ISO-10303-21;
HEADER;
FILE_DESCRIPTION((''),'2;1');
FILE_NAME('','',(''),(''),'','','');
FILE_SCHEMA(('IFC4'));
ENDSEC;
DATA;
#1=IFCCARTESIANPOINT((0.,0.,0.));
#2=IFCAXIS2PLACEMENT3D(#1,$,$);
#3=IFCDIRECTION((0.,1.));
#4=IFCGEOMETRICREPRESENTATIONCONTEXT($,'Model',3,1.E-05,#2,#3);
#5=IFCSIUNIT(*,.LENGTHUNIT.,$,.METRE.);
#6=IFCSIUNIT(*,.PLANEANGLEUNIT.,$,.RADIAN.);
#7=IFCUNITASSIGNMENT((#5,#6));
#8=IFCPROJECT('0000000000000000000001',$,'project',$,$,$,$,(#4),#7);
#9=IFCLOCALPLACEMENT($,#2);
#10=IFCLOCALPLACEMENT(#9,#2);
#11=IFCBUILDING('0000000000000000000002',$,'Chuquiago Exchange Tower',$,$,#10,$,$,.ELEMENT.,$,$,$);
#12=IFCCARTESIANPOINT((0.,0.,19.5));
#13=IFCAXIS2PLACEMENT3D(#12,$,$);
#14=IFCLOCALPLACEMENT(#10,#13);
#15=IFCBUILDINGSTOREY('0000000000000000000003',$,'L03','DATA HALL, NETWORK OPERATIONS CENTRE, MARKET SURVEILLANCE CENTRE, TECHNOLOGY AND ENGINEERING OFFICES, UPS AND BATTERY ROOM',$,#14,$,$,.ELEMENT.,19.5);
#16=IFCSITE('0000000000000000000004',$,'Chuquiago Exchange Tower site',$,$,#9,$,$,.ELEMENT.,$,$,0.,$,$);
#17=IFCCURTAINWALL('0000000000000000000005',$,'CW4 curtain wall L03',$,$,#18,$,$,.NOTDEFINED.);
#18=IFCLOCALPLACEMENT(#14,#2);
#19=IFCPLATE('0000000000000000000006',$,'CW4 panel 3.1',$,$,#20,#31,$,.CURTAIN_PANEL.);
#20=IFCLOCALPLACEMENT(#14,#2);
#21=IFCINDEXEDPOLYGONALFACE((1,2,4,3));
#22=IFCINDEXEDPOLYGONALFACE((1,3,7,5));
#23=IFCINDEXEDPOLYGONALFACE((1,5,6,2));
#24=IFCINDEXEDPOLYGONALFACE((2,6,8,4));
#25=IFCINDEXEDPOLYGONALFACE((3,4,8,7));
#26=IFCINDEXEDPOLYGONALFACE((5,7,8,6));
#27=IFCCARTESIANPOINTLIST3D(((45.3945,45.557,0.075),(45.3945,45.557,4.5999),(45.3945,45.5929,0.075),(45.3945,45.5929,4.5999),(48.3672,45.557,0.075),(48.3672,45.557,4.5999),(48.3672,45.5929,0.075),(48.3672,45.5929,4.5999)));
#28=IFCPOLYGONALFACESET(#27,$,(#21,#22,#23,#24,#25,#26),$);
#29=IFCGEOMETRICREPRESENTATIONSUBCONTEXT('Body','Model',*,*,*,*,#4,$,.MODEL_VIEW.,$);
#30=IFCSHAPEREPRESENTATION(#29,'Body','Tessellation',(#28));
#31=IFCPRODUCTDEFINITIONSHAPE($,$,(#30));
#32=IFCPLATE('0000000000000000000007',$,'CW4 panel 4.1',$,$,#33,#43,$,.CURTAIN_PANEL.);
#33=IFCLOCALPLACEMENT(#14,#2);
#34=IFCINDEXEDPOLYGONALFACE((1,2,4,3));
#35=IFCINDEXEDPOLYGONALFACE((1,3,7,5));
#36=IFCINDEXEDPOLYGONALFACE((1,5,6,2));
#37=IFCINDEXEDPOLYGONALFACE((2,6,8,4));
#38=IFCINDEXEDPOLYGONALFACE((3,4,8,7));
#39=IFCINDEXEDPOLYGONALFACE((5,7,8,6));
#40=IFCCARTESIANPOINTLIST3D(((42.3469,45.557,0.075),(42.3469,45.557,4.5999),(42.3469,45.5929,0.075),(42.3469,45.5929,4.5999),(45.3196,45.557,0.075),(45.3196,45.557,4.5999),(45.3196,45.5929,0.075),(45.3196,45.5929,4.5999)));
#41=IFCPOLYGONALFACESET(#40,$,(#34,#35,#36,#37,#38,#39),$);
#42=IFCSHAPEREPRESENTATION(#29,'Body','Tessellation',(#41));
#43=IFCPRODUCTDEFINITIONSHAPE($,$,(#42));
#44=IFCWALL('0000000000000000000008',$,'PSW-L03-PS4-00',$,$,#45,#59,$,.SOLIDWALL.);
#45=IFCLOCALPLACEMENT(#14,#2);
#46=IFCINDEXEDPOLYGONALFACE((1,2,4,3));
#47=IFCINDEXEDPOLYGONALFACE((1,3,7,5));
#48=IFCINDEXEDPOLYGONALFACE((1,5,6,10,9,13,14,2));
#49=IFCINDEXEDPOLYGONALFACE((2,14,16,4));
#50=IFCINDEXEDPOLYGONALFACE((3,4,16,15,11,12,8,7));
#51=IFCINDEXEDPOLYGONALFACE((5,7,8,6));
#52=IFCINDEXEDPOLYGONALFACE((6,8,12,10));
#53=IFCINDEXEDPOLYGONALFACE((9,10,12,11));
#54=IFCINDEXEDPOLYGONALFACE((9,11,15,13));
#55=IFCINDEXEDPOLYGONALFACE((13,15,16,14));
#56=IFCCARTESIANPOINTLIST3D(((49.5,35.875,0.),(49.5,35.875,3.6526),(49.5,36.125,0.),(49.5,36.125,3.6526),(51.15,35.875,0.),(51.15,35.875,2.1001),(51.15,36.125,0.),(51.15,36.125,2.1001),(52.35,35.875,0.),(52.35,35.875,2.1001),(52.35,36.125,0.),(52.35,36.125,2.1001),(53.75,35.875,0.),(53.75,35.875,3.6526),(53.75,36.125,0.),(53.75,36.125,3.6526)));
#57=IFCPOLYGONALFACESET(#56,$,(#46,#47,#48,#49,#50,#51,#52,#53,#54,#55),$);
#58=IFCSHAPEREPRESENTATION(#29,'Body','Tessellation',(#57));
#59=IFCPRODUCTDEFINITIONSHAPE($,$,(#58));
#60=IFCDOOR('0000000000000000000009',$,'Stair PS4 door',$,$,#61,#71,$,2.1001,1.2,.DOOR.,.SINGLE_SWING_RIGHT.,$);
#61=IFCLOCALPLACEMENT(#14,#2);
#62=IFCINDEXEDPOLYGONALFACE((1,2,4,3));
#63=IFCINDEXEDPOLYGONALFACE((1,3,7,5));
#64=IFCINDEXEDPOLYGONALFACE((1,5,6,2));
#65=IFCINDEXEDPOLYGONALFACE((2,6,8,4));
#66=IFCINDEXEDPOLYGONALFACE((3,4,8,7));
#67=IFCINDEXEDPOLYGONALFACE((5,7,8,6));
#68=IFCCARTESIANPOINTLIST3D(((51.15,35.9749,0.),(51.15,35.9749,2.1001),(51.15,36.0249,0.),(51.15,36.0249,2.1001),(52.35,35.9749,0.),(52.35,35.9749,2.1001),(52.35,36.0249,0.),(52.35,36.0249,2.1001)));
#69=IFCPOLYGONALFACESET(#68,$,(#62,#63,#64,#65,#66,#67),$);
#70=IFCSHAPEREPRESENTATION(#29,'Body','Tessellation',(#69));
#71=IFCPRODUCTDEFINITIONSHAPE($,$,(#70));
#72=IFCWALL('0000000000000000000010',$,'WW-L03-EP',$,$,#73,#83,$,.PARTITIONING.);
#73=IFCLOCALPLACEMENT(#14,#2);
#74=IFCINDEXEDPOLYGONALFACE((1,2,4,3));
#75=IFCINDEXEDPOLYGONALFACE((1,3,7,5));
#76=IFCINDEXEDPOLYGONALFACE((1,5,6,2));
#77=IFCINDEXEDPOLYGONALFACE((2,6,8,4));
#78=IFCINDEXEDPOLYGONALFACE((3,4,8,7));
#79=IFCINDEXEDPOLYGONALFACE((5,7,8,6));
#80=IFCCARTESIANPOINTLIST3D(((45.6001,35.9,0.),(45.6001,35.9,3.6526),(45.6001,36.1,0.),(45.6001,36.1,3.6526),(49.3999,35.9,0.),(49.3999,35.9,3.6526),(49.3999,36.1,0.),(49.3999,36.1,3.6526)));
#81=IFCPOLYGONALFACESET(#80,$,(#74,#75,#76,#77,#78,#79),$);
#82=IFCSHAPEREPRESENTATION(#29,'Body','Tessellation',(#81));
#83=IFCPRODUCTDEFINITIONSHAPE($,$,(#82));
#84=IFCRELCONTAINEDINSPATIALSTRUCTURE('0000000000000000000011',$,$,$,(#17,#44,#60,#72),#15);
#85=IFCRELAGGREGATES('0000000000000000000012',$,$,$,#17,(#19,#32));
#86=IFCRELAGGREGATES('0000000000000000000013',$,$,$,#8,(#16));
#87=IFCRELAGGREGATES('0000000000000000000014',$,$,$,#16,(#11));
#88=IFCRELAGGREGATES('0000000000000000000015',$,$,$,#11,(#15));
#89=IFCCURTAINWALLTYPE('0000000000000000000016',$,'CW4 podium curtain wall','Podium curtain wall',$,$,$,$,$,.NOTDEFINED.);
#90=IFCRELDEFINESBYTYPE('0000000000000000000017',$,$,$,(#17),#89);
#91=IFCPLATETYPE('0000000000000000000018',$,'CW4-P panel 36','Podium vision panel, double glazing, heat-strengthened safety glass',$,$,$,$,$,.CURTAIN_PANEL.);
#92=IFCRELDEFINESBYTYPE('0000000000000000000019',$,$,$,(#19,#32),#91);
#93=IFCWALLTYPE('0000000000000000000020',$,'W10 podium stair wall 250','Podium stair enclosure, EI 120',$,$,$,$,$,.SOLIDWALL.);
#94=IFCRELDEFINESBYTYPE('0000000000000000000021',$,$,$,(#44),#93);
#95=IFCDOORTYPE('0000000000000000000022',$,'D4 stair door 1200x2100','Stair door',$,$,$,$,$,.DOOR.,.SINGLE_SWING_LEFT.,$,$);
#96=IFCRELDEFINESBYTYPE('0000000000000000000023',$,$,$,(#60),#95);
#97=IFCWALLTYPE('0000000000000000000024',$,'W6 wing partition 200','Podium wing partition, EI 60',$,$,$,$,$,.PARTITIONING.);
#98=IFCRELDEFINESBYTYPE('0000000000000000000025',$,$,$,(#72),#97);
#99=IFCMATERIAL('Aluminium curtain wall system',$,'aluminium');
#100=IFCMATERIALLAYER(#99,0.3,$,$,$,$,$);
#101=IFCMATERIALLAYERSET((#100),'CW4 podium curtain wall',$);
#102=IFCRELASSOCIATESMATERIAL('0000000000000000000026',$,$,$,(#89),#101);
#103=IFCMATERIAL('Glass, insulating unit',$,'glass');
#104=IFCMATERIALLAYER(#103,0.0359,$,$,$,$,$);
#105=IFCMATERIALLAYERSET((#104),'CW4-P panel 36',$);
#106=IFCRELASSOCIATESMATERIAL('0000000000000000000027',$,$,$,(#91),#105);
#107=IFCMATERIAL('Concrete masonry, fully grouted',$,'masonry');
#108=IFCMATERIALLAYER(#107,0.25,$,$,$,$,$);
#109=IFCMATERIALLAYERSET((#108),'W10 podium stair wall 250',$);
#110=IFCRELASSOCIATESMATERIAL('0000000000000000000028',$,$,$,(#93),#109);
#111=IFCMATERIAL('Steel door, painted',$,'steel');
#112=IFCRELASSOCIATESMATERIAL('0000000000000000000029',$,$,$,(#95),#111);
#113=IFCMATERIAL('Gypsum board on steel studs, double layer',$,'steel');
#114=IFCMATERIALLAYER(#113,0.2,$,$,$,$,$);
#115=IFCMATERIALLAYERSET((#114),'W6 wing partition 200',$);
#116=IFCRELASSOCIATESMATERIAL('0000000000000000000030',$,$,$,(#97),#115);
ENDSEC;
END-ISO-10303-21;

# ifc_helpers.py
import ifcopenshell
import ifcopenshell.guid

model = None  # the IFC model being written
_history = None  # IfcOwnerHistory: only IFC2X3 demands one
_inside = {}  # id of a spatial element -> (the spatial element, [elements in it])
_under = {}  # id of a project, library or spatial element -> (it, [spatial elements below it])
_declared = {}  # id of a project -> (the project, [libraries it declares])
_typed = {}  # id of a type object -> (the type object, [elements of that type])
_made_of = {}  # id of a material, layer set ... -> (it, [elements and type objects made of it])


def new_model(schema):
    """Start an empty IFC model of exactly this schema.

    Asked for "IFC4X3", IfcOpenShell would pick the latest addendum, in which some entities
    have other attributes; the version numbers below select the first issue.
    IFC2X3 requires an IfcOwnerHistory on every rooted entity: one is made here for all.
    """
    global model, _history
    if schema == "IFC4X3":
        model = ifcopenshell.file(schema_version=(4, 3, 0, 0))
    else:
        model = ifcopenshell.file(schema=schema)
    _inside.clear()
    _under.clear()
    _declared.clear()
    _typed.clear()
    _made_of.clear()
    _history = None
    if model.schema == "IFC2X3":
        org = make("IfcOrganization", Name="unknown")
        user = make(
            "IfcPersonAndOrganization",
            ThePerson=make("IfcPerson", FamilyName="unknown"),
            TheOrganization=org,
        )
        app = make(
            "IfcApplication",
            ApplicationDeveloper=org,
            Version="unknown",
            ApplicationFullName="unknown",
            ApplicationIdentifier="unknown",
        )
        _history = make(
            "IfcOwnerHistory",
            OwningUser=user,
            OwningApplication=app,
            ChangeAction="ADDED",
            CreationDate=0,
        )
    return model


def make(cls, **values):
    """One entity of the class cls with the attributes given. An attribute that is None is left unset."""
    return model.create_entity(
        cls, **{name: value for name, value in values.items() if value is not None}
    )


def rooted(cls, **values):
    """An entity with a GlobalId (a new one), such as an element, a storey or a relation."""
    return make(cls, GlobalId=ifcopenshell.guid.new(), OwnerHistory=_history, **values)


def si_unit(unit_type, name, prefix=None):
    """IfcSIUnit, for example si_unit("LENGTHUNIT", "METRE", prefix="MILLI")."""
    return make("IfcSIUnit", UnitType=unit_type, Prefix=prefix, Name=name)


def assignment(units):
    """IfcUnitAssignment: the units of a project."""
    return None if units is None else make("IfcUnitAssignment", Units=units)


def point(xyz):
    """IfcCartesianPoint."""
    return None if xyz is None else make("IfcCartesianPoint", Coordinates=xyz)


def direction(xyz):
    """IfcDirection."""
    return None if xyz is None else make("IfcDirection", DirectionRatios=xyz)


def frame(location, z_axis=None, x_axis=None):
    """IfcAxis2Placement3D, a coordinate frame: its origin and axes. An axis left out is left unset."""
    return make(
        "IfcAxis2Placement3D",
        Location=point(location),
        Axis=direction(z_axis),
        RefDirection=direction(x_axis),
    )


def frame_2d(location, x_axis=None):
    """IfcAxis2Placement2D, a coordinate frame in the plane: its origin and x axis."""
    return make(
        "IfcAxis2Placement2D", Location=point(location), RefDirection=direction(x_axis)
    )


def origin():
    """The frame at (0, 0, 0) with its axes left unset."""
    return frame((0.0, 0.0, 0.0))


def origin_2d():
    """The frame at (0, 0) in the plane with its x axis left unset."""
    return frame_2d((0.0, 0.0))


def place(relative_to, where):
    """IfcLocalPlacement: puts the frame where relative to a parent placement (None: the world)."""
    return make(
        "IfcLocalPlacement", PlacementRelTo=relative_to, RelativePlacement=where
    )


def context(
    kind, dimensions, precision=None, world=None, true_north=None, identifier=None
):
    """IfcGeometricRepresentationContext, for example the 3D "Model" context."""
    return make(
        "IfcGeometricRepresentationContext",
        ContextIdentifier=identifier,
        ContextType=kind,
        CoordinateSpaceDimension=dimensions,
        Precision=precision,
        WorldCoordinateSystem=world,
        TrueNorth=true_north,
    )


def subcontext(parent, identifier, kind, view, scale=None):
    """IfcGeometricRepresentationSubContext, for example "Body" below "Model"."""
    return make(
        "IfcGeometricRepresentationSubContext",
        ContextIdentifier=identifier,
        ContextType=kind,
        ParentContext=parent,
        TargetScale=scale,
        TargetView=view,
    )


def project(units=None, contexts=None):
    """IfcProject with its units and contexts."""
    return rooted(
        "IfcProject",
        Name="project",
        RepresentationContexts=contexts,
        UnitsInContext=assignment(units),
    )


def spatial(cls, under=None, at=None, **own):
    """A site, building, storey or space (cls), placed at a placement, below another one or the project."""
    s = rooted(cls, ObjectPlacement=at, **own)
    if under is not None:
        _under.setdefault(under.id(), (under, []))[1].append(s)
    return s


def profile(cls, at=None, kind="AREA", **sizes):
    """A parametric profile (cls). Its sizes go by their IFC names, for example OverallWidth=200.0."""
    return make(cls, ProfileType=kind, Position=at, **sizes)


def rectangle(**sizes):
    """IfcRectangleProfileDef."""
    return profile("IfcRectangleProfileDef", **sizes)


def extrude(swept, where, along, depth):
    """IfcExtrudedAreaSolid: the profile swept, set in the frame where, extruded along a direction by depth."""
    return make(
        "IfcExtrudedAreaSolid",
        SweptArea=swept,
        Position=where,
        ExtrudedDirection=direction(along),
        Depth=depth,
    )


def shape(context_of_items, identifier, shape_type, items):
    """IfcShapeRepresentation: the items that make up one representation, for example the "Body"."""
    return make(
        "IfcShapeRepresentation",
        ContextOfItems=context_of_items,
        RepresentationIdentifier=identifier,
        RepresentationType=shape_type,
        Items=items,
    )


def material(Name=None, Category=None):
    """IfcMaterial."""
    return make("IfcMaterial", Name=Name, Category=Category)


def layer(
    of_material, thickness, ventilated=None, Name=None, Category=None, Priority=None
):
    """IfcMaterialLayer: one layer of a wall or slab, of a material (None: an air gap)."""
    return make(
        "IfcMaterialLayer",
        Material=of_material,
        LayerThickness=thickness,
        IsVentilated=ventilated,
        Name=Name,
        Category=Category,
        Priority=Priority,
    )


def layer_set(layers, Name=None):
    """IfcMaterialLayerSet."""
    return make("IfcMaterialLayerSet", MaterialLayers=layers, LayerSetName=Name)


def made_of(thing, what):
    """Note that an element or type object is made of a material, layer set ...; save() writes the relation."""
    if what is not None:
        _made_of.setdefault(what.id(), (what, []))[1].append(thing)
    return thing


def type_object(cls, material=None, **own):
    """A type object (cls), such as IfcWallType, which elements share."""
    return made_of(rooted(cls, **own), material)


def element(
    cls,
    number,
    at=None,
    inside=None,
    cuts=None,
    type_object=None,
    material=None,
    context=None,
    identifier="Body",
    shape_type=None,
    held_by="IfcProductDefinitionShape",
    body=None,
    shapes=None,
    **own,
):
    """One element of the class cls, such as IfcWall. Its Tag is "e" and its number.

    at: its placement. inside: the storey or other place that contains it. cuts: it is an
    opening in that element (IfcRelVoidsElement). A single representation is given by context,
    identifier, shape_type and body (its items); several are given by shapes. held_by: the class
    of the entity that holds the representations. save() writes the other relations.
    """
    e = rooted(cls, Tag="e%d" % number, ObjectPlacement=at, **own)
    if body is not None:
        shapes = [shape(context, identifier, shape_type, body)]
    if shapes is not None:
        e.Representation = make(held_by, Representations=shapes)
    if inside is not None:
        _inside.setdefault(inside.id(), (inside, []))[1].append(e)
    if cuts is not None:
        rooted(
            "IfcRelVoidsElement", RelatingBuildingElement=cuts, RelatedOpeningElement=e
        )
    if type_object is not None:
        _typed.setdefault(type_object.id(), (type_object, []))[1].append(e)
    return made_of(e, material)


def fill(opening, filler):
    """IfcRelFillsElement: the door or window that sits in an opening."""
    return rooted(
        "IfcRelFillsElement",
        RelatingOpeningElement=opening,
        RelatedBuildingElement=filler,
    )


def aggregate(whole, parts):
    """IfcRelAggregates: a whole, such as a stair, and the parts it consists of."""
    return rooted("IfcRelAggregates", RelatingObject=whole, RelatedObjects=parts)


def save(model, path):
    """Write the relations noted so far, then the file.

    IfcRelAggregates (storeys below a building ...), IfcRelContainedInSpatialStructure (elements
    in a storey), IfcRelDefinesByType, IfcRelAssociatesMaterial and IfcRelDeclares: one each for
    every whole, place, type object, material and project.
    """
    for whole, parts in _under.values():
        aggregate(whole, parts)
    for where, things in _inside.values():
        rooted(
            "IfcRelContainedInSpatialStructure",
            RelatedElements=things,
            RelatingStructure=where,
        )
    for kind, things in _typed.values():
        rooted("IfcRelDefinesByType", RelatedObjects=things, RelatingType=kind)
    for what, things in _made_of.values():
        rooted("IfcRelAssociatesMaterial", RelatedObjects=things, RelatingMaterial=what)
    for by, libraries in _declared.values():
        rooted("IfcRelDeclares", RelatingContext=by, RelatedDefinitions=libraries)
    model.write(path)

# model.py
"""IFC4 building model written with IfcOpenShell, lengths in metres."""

from ifc_helpers import new_model, si_unit, direction, frame, frame_2d, origin, origin_2d, place, context, subcontext, project, spatial, rectangle, extrude, material, layer, layer_set, type_object, element, fill, aggregate, save


model = new_model("IFC4")

# Units and contexts
model_context = context("Model", 3, precision=1e-05, world=origin(), true_north=direction((0.0, 1.0)))
body_context = subcontext(model_context, "Body", "Model", "MODEL_VIEW")
ifc_project = project(units=[si_unit("LENGTHUNIT", "METRE"), si_unit("PLANEANGLEUNIT", "RADIAN")], contexts=[model_context])

# Site, building, storey
site_placement = place(None, origin())
site = spatial("IfcSite", under=ifc_project, at=site_placement, Name="Chuquiago Exchange Tower site", CompositionType="ELEMENT", RefElevation=0.0)
building_placement = place(site_placement, origin())
building = spatial("IfcBuilding", under=site, at=building_placement, Name="Chuquiago Exchange Tower", CompositionType="ELEMENT")
storey_placement = place(building_placement, frame((0.0, 0.0, 19.5)))
storey = spatial("IfcBuildingStorey", under=building, at=storey_placement, Name="L03", Description="DATA HALL, NETWORK OPERATIONS CENTRE, MARKET SURVEILLANCE CENTRE, TECHNOLOGY AND ENGINEERING OFFICES, UPS AND BATTERY ROOM", CompositionType="ELEMENT", Elevation=19.5)

# Curtain wall
ifc_material_1 = material(Name="Aluminium curtain wall system", Category="aluminium")
ifc_layer_1 = layer(ifc_material_1, 0.3)
ifc_layer_set_1 = layer_set([ifc_layer_1], Name="CW4 podium curtain wall")
curtain_wall_type = type_object("IfcCurtainWallType", Name="CW4 podium curtain wall", Description="Podium curtain wall", PredefinedType="NOTDEFINED", material=ifc_layer_set_1)
curtain_wall_placement = place(storey_placement, origin())
curtain_wall = element("IfcCurtainWall", 1, at=curtain_wall_placement, inside=storey, type_object=curtain_wall_type, Name="CW4 curtain wall L03", PredefinedType="NOTDEFINED")

# Plates
ifc_material_2 = material(Name="Glass, insulating unit", Category="glass")
ifc_layer_2 = layer(ifc_material_2, 0.0359)
ifc_layer_set_2 = layer_set([ifc_layer_2], Name="CW4-P panel 36")
plate_type = type_object("IfcPlateType", Name="CW4-P panel 36", Description="Podium vision panel, double glazing, heat-strengthened safety glass", PredefinedType="CURTAIN_PANEL", material=ifc_layer_set_2)
plate_1_placement = place(storey_placement, frame((46.8809, 45.575, 0.075), z_axis=(0.0, 0.0, 1.0), x_axis=(-1.0, 0.0, 0.0)))
plate_1 = element("IfcPlate", 2, at=plate_1_placement, type_object=plate_type, Name="CW4 panel 3.1", PredefinedType="CURTAIN_PANEL", context=body_context, shape_type="SweptSolid", body=[
    extrude(rectangle(XDim=2.9727, YDim=0.0359, at=origin_2d()), origin(), (0.0, 0.0, 1.0), 4.5249),
])
plate_2_placement = place(storey_placement, frame((43.8333, 45.575, 0.075), z_axis=(0.0, 0.0, 1.0), x_axis=(-1.0, 0.0, 0.0)))
plate_2 = element("IfcPlate", 3, at=plate_2_placement, type_object=plate_type, Name="CW4 panel 4.1", PredefinedType="CURTAIN_PANEL", context=body_context, shape_type="SweptSolid", body=[
    extrude(rectangle(XDim=2.9727, YDim=0.0359, at=origin_2d()), origin(), (0.0, 0.0, 1.0), 4.5249),
])
aggregate(curtain_wall, [plate_1, plate_2])

# Wall, opening, door
ifc_material_3 = material(Name="Concrete masonry, fully grouted", Category="masonry")
ifc_layer_3 = layer(ifc_material_3, 0.25)
ifc_layer_set_3 = layer_set([ifc_layer_3], Name="W10 podium stair wall 250")
wall_type_1 = type_object("IfcWallType", Name="W10 podium stair wall 250", Description="Podium stair enclosure, EI 120", PredefinedType="SOLIDWALL", material=ifc_layer_set_3)
wall_1_placement = place(storey_placement, frame((49.5, 36.0, 0.0), z_axis=(0.0, 0.0, 1.0), x_axis=(1.0, 0.0, 0.0)))
wall_1 = element("IfcWall", 4, at=wall_1_placement, inside=storey, type_object=wall_type_1, Name="PSW-L03-PS4-00", PredefinedType="SOLIDWALL", context=body_context, shape_type="SweptSolid", body=[
    extrude(rectangle(XDim=4.25, YDim=0.25, at=frame_2d((2.125, 0.0))), origin(), (0.0, 0.0, 1.0), 3.6526),
])
opening_placement = place(wall_1_placement, frame((1.6499, 0.0, 0.0)))
opening = element("IfcOpeningElement", 5, at=opening_placement, cuts=wall_1, PredefinedType="OPENING", context=body_context, shape_type="SweptSolid", body=[
    extrude(rectangle(XDim=1.2, YDim=2.1001, at=frame_2d((0.6001, 1.05))), frame((0.0, 0.135, 0.0), z_axis=(0.0, -1.0, 0.0), x_axis=(1.0, 0.0, 0.0)), (0.0, 0.0, 1.0), 0.27),
])
ifc_material_4 = material(Name="Steel door, painted", Category="steel")
door_type = type_object("IfcDoorType", Name="D4 stair door 1200x2100", Description="Stair door", OperationType="SINGLE_SWING_LEFT", PredefinedType="DOOR", material=ifc_material_4)
door_placement = place(opening_placement, origin())
door = element("IfcDoor", 6, at=door_placement, inside=storey, type_object=door_type, Name="Stair PS4 door", OperationType="SINGLE_SWING_RIGHT", OverallHeight=2.1001, OverallWidth=1.2, PredefinedType="DOOR", context=body_context, shape_type="SweptSolid", body=[
    extrude(rectangle(XDim=1.2, YDim=2.1001, at=frame_2d((0.6001, 1.05))), frame((0.0, 0.0249, 0.0), z_axis=(0.0, -1.0, 0.0), x_axis=(1.0, 0.0, 0.0)), (0.0, 0.0, 1.0), 0.05),
])
fill(opening, door)

# Wall
ifc_material_5 = material(Name="Gypsum board on steel studs, double layer", Category="steel")
ifc_layer_4 = layer(ifc_material_5, 0.2)
ifc_layer_set_4 = layer_set([ifc_layer_4], Name="W6 wing partition 200")
wall_type_2 = type_object("IfcWallType", Name="W6 wing partition 200", Description="Podium wing partition, EI 60", PredefinedType="PARTITIONING", material=ifc_layer_set_4)
wall_2_placement = place(storey_placement, frame((45.6001, 36.0, 0.0), z_axis=(0.0, 0.0, 1.0), x_axis=(1.0, 0.0, 0.0)))
element("IfcWall", 7, at=wall_2_placement, inside=storey, type_object=wall_type_2, Name="WW-L03-EP", PredefinedType="PARTITIONING", context=body_context, shape_type="SweptSolid", body=[
    extrude(rectangle(XDim=3.7998, YDim=0.2, at=frame_2d((1.8999, 0.0))), origin(), (0.0, 0.0, 1.0), 3.6526),
])

save(model, "model.ifc")
